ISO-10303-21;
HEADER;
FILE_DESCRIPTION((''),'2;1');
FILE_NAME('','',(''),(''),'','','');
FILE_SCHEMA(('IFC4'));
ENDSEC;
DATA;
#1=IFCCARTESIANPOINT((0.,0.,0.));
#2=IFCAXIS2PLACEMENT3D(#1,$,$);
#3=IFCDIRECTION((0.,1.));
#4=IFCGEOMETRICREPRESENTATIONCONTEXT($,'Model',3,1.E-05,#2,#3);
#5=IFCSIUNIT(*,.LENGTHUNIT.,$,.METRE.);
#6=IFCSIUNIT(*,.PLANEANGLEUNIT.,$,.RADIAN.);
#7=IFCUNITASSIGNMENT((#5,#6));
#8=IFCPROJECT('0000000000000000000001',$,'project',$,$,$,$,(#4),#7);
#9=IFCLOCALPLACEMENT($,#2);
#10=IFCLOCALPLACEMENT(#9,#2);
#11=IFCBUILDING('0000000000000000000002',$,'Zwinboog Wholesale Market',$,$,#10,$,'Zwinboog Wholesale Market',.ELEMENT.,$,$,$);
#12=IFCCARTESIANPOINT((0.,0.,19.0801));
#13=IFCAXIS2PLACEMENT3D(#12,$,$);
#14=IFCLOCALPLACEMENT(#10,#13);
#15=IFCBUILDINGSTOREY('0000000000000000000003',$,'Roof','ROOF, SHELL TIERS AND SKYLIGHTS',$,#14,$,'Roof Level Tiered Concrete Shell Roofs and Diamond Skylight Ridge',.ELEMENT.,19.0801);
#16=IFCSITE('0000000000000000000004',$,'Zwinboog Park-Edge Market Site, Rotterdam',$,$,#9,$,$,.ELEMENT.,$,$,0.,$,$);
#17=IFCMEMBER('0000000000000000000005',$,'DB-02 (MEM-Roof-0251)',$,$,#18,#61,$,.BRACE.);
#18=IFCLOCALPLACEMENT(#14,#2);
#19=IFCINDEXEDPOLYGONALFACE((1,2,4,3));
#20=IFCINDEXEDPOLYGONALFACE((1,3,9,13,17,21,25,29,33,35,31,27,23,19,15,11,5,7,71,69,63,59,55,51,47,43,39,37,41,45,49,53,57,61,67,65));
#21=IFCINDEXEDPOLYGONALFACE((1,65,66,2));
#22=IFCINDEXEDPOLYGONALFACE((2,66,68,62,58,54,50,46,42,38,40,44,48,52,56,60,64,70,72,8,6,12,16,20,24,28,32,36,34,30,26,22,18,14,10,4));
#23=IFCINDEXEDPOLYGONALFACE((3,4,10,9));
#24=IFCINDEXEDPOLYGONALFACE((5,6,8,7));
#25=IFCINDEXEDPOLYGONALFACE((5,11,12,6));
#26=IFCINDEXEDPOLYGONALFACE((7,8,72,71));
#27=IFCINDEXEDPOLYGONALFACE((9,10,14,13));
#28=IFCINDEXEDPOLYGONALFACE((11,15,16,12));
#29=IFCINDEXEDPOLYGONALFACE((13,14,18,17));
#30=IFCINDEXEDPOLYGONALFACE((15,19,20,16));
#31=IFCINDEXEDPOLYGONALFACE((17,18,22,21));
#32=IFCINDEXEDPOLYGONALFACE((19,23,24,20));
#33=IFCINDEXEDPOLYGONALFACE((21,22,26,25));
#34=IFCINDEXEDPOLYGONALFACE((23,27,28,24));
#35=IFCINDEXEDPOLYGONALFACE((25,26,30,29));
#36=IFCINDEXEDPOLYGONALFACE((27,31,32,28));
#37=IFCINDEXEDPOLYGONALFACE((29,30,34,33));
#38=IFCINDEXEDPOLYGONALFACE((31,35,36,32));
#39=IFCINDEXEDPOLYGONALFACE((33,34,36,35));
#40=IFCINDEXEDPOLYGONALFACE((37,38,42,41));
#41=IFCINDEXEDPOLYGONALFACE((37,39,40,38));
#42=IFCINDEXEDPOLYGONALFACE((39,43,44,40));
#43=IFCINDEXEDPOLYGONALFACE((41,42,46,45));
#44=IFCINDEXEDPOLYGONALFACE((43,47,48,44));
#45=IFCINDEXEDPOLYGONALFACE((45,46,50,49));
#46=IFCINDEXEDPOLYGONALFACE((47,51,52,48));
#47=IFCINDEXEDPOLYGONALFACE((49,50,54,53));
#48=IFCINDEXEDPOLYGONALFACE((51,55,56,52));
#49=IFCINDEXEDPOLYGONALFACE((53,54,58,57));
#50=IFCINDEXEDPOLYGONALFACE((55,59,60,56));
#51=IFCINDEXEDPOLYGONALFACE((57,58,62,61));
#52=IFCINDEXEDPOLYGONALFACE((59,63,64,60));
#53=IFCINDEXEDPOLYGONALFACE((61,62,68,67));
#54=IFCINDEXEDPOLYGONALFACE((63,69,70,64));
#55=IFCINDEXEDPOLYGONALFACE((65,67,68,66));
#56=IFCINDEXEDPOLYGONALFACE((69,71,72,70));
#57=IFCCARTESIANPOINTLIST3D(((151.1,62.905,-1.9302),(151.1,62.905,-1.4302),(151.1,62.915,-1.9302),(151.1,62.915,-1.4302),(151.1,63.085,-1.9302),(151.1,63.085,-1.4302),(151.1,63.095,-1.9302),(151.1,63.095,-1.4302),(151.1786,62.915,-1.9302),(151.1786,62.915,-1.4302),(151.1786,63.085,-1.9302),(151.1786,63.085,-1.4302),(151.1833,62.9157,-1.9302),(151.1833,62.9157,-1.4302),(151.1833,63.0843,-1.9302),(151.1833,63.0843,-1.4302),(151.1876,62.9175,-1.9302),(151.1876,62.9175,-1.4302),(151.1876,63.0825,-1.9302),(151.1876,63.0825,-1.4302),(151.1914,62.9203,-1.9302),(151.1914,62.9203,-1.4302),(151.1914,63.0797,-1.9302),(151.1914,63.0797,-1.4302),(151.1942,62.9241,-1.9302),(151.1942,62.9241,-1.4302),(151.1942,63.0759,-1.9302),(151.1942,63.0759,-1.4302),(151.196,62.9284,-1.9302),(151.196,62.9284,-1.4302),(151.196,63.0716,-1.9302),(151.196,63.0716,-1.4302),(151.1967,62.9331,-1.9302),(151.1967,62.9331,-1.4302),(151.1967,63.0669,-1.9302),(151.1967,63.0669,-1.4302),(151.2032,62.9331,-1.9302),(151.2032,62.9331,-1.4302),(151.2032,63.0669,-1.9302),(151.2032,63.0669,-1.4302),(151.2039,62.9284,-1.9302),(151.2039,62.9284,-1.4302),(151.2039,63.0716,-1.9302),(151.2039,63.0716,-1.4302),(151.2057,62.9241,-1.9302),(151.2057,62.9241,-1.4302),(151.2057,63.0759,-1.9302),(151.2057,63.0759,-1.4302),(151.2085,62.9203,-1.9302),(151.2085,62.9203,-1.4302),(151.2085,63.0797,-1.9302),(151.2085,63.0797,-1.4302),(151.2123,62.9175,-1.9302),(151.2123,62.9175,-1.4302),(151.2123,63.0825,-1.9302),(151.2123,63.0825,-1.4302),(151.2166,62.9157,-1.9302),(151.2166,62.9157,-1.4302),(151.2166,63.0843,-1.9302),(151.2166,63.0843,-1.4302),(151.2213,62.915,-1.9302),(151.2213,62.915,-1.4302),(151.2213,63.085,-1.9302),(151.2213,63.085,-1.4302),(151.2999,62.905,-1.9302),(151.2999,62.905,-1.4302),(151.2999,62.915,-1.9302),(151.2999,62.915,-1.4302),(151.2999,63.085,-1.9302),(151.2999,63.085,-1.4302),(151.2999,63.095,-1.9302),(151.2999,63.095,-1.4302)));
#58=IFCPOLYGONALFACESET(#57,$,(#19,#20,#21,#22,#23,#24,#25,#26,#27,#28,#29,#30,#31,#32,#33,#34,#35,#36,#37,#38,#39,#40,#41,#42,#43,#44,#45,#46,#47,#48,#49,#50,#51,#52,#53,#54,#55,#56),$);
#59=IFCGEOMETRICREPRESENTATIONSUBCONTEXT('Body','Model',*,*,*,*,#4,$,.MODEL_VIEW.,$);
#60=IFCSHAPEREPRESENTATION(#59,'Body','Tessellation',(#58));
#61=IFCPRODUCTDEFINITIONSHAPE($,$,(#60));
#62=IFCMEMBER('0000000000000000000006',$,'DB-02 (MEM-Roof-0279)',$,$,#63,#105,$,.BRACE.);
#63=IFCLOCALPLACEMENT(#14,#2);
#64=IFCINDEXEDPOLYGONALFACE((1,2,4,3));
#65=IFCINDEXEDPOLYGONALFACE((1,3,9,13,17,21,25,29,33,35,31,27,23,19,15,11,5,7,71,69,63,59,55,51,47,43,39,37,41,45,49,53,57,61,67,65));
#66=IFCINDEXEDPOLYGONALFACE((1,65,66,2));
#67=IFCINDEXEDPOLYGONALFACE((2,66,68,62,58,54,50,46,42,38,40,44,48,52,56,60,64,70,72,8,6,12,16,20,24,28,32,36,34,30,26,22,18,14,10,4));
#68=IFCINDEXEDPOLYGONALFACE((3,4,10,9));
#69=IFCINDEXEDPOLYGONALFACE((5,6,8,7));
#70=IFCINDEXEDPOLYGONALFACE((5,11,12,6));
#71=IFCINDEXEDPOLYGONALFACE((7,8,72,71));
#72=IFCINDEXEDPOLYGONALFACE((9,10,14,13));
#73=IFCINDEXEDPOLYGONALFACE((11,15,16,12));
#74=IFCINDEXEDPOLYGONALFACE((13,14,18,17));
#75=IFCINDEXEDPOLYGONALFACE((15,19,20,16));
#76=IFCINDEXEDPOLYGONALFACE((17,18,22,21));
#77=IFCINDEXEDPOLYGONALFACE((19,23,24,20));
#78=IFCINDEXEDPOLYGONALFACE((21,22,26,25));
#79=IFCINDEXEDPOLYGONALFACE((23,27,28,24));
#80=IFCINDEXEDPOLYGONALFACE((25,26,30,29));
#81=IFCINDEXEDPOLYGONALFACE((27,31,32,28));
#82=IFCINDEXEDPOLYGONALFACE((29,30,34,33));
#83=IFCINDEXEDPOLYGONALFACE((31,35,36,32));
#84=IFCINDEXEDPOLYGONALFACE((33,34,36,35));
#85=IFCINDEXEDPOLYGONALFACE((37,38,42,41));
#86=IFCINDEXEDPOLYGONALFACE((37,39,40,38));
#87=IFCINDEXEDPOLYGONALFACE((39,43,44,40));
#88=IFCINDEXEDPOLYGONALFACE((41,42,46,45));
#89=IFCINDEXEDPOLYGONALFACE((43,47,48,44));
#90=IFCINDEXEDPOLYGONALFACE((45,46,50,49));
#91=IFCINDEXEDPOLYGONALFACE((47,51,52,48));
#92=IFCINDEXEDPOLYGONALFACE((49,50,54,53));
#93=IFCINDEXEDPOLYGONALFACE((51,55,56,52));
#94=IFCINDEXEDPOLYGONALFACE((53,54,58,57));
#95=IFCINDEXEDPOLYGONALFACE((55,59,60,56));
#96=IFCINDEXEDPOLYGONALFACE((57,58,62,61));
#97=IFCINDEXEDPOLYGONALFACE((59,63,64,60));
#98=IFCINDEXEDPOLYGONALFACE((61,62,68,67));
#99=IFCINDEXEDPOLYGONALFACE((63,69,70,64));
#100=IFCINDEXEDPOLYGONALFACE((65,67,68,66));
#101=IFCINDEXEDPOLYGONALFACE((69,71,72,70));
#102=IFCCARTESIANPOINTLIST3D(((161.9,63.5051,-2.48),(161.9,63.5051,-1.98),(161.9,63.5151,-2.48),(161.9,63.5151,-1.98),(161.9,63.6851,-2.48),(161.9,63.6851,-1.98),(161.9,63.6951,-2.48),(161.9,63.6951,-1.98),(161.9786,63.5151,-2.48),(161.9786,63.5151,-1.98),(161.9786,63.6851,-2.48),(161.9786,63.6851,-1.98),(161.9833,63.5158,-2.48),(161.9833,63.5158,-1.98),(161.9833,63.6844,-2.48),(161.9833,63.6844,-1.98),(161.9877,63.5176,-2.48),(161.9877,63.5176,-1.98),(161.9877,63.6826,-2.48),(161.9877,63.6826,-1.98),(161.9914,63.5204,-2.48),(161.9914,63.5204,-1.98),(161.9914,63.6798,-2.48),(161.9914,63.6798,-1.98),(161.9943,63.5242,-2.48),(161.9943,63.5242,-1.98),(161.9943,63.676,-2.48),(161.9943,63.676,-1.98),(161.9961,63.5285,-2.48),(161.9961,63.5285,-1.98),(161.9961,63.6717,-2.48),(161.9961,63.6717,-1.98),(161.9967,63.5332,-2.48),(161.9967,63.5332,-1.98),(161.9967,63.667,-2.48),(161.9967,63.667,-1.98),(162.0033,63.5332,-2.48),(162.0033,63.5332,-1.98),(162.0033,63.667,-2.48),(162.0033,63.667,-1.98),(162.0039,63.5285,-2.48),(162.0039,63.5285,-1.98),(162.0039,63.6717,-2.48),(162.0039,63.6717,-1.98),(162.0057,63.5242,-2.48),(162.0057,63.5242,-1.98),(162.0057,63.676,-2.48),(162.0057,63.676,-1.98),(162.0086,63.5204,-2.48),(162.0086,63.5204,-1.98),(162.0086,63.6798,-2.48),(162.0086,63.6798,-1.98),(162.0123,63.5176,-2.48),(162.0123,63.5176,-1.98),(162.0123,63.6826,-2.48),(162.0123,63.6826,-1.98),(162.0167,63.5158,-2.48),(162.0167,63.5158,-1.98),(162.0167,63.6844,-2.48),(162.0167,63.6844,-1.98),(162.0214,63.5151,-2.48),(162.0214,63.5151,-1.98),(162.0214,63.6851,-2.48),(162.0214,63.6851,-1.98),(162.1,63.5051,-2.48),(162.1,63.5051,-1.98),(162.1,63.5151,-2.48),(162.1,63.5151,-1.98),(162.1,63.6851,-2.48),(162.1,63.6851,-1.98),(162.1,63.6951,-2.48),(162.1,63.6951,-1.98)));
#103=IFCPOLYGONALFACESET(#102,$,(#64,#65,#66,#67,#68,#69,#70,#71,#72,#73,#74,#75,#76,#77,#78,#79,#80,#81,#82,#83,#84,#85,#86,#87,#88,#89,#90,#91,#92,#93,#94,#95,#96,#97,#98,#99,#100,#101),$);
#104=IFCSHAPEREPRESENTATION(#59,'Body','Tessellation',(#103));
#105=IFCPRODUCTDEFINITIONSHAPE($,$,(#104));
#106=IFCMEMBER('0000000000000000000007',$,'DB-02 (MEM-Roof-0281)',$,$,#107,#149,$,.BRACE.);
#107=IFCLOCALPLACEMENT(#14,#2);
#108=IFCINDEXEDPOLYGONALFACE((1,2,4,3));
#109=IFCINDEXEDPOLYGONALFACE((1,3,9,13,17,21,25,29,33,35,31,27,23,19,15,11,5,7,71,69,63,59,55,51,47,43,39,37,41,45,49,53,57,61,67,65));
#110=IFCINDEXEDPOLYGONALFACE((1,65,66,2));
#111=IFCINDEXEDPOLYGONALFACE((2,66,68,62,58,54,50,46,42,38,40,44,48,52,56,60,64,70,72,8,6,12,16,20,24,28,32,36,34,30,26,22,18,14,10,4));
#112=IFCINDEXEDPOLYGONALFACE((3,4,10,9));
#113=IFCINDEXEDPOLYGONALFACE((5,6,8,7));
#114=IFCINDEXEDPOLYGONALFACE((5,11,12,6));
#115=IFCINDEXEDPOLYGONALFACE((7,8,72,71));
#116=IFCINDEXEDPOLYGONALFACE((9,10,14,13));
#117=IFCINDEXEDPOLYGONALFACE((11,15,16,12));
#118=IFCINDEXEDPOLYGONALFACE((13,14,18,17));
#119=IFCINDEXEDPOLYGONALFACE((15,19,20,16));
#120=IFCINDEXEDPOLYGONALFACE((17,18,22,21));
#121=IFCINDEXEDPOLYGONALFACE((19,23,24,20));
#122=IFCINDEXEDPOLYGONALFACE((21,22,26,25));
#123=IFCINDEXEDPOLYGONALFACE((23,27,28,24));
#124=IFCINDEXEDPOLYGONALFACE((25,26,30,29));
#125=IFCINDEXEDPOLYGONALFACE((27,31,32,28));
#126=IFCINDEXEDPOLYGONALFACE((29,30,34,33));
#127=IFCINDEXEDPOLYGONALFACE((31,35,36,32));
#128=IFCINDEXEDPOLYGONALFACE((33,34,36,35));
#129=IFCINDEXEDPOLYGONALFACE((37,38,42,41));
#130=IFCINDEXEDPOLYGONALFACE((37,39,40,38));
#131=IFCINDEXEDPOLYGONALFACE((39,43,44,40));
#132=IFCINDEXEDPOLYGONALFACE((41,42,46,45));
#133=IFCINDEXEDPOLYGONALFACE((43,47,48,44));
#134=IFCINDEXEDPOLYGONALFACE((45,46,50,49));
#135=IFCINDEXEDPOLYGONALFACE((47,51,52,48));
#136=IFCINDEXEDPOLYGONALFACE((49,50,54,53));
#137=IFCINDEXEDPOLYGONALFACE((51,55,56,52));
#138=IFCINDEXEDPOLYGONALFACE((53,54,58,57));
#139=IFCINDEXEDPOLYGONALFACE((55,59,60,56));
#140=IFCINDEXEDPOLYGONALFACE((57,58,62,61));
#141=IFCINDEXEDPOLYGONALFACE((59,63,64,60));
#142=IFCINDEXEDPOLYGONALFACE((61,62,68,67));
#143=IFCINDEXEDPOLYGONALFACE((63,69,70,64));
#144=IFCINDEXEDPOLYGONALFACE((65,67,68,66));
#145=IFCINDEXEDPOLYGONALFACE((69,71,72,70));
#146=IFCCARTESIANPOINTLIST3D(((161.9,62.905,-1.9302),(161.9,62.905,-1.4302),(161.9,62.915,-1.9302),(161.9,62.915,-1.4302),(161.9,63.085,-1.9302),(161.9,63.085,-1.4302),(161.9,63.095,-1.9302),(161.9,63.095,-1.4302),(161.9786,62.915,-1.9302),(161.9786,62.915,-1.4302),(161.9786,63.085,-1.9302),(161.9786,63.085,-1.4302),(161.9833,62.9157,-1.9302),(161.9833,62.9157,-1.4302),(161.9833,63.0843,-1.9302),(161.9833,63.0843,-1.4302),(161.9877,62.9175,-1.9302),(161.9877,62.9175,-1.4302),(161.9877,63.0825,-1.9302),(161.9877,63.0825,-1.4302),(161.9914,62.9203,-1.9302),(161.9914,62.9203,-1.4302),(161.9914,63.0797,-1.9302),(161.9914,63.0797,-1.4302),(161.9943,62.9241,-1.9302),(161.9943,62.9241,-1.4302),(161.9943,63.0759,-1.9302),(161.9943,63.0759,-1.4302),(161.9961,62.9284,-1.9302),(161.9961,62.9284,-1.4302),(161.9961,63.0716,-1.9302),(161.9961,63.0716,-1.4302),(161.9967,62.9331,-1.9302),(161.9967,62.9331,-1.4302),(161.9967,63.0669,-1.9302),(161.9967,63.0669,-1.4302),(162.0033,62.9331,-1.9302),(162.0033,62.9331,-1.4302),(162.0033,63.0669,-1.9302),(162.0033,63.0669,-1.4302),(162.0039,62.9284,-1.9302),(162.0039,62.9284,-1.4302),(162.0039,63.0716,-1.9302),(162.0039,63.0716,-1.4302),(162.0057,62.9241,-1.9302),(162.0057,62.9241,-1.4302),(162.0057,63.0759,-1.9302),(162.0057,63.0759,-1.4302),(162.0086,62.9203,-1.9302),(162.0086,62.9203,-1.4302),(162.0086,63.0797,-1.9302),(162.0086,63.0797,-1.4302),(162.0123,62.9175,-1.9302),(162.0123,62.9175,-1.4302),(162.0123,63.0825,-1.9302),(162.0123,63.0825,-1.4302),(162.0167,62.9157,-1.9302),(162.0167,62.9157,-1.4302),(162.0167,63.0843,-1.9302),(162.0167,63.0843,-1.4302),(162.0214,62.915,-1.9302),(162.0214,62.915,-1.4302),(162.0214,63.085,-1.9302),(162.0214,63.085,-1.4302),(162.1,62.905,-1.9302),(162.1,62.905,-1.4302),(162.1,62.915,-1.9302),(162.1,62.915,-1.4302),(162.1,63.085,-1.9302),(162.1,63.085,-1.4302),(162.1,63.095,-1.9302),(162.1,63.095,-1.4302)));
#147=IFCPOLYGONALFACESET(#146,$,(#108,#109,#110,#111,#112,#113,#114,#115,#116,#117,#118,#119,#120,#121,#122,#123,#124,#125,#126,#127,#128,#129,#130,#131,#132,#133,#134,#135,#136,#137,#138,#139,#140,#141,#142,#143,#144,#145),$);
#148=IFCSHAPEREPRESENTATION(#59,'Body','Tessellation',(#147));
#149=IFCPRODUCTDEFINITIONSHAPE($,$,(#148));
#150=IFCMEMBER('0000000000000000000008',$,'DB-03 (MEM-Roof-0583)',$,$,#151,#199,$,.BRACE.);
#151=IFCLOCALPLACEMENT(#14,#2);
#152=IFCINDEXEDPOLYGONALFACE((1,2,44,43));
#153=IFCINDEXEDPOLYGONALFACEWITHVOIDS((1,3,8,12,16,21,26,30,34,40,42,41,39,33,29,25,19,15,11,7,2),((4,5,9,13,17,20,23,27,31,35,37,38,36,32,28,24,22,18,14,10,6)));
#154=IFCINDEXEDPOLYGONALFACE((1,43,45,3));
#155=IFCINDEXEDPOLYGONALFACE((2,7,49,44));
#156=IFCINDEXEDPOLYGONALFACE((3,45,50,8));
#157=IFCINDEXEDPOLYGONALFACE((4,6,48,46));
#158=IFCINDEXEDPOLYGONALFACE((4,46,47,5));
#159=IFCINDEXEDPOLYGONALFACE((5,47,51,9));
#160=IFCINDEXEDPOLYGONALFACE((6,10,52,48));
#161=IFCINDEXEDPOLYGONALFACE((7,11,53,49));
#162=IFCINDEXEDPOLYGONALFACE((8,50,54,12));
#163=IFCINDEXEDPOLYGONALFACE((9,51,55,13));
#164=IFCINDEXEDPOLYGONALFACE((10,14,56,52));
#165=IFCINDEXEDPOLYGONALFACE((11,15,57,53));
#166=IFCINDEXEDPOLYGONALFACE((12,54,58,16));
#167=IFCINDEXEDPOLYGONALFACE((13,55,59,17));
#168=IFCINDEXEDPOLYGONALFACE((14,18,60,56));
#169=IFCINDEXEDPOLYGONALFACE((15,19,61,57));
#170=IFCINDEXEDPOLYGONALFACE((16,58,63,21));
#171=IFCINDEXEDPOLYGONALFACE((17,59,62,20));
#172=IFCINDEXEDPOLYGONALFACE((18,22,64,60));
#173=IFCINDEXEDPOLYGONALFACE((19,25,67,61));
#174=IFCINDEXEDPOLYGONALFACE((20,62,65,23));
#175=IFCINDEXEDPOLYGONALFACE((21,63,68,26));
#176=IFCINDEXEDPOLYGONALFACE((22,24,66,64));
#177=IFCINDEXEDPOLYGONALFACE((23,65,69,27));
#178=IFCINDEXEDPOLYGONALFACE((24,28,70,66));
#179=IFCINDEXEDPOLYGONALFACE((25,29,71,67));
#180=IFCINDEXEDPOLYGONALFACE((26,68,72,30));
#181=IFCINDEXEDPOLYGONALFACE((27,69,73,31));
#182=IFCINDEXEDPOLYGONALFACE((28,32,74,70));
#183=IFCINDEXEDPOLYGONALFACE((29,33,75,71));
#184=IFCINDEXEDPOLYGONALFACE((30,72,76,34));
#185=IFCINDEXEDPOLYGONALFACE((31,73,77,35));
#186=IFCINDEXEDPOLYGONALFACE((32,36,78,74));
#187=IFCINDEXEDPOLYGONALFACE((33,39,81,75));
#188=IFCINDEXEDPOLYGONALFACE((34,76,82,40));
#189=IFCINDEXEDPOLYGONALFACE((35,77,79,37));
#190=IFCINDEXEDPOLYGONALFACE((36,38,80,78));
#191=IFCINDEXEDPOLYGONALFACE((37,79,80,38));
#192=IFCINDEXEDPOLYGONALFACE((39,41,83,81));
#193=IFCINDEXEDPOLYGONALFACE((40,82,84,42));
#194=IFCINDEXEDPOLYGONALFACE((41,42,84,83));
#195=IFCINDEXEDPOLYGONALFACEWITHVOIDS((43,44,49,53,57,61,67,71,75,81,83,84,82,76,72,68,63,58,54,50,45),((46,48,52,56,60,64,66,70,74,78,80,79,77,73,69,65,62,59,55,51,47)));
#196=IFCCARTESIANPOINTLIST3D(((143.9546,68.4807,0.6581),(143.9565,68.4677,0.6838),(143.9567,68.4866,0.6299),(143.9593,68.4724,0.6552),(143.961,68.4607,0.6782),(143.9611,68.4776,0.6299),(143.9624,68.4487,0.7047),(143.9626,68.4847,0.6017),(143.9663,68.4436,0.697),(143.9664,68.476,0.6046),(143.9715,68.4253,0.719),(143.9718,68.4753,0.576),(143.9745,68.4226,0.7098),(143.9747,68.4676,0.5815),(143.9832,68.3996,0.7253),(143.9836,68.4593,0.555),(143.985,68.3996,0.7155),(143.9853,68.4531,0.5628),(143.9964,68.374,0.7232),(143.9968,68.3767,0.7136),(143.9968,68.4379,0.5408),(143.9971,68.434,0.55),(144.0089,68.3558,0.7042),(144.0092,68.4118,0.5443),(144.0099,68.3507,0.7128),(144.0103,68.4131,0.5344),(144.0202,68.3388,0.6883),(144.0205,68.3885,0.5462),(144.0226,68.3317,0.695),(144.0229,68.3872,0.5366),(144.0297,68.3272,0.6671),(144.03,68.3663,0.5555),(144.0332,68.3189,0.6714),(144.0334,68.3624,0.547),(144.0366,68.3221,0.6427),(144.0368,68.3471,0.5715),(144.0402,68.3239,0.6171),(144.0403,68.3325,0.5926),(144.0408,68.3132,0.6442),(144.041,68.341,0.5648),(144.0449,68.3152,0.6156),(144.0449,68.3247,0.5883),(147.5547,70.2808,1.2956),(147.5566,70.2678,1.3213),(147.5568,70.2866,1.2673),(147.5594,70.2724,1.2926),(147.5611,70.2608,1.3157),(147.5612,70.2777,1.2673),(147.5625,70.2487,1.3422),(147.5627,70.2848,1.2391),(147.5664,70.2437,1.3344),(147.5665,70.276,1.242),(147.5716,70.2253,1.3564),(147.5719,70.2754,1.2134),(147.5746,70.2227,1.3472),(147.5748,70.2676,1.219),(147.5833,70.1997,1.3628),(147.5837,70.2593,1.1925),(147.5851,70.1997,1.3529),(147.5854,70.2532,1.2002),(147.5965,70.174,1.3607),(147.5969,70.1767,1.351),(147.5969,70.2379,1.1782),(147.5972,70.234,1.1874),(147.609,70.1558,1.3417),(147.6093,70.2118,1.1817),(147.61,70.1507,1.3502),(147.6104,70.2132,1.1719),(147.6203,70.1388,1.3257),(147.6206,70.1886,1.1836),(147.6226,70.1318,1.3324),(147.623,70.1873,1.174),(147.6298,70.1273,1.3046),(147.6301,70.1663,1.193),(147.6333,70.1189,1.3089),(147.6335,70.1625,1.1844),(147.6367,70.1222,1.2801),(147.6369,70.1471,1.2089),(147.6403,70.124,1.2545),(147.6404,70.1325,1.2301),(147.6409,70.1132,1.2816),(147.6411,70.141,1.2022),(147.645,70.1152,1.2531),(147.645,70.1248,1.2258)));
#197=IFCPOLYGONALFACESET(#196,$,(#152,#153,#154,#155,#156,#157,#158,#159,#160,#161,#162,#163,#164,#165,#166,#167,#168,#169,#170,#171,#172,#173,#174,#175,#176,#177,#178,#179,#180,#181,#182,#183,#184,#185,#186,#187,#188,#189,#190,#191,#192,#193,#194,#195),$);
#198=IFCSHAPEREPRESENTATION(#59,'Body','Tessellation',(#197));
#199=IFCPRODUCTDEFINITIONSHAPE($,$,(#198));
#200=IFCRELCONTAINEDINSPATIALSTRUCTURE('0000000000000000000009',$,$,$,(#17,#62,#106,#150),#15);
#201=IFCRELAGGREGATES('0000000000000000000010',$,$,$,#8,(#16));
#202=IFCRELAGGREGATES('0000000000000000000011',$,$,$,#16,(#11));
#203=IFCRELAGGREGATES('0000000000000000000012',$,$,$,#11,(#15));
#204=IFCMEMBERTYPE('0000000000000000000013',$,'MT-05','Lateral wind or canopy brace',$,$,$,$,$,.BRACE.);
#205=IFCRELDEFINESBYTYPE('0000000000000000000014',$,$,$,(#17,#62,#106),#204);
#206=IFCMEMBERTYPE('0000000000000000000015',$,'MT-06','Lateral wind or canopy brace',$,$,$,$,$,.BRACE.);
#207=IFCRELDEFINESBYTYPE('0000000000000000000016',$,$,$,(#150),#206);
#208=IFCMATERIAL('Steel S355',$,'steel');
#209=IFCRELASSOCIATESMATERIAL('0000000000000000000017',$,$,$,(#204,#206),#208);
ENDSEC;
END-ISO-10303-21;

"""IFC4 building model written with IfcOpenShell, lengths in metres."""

from ifc_helpers import new_model, si_unit, direction, frame, origin, origin_2d, place, context, subcontext, project, spatial, hollow_circle, i_section, extrude, material, material_profile, profile_set, type_object, element, save


model = new_model("IFC4")

# Units and contexts
model_context = context("Model", 3, precision=1e-05, world=origin(), true_north=direction((0.0, 1.0)))
body_context = subcontext(model_context, "Body", "Model", "MODEL_VIEW")
ifc_project = project(units=[si_unit("LENGTHUNIT", "METRE"), si_unit("PLANEANGLEUNIT", "RADIAN")], contexts=[model_context])

# Site, building, storey
site_placement = place(None, origin())
site = spatial("IfcSite", under=ifc_project, at=site_placement, Name="Zwinboog Park-Edge Market Site, Rotterdam", CompositionType="ELEMENT", RefElevation=0.0)
building_placement = place(site_placement, origin())
building = spatial("IfcBuilding", under=site, at=building_placement, Name="Zwinboog Wholesale Market", LongName="Zwinboog Wholesale Market", CompositionType="ELEMENT")
storey_placement = place(building_placement, frame((0.0, 0.0, 19.0801)))
storey = spatial("IfcBuildingStorey", under=building, at=storey_placement, Name="Roof", Description="ROOF, SHELL TIERS AND SKYLIGHTS", LongName="Roof Level Tiered Concrete Shell Roofs and Diamond Skylight Ridge", CompositionType="ELEMENT", Elevation=19.0801)

# Members
ifc_material_1 = material(Name="Steel S355", Category="steel")
ifc_material_profile_1 = material_profile(ifc_material_1, i_section(OverallWidth=0.2, OverallDepth=0.1899, WebThickness=0.0066, FlangeThickness=0.01, FilletRadius=0.0181, at=origin_2d()), Name="HEA 200")
ifc_profile_set_1 = profile_set([ifc_material_profile_1], Name="Steel S355")
member_type_1 = type_object("IfcMemberType", Name="MT-05", Description="Lateral wind or canopy brace", PredefinedType="BRACE", material=ifc_profile_set_1)
for number, where, z_axis, x_axis, name in (
    (1, (151.2, 63.0, -1.9302), (0.0, 0.0, 1.0), (1.0, 0.0, 0.0), "DB-02 (MEM-Roof-0251)"),
    (2, (162.0, 63.6001, -2.48), (0.0, 0.0, 1.0), (1.0, 0.0, 0.0), "DB-02 (MEM-Roof-0279)"),
    (3, (162.0, 63.0, -1.9302), (0.0, 0.0, 1.0), (1.0, 0.0, 0.0), "DB-02 (MEM-Roof-0281)"),
):
    element("IfcMember", number, at=place(storey_placement, frame(where, z_axis=z_axis, x_axis=x_axis)), inside=storey, type_object=member_type_1, Name=name, PredefinedType="BRACE", context=body_context, shape_type="SweptSolid", body=[
        extrude(i_section(OverallWidth=0.2, OverallDepth=0.1899, WebThickness=0.0066, FlangeThickness=0.01, FilletRadius=0.0181, at=origin_2d()), origin(), (0.0, 0.0, 1.0), 0.5),
    ])
ifc_material_profile_2 = material_profile(ifc_material_1, hollow_circle(Radius=0.0969, WallThickness=0.01, at=origin_2d()), Name="CHS 193.7x10")
ifc_profile_set_2 = profile_set([ifc_material_profile_2], Name="Steel S355")
member_type_2 = type_object("IfcMemberType", Name="MT-06", Description="Lateral wind or canopy brace", PredefinedType="BRACE", material=ifc_profile_set_2)
for number, where, z_axis, x_axis, name in (
    (4, (144.0, 68.3999, 0.6299), (0.883417, 0.441709, 0.156422), (-0.447214, 0.894427, 0.0), "DB-03 (MEM-Roof-0583)"),
):
    element("IfcMember", number, at=place(storey_placement, frame(where, z_axis=z_axis, x_axis=x_axis)), inside=storey, type_object=member_type_2, Name=name, PredefinedType="BRACE", context=body_context, shape_type="SweptSolid", body=[
        extrude(hollow_circle(Radius=0.0969, WallThickness=0.01, at=origin_2d()), origin(), (0.0, 0.0, 1.0), 4.0752),
    ])

save(model, "model.ifc")
